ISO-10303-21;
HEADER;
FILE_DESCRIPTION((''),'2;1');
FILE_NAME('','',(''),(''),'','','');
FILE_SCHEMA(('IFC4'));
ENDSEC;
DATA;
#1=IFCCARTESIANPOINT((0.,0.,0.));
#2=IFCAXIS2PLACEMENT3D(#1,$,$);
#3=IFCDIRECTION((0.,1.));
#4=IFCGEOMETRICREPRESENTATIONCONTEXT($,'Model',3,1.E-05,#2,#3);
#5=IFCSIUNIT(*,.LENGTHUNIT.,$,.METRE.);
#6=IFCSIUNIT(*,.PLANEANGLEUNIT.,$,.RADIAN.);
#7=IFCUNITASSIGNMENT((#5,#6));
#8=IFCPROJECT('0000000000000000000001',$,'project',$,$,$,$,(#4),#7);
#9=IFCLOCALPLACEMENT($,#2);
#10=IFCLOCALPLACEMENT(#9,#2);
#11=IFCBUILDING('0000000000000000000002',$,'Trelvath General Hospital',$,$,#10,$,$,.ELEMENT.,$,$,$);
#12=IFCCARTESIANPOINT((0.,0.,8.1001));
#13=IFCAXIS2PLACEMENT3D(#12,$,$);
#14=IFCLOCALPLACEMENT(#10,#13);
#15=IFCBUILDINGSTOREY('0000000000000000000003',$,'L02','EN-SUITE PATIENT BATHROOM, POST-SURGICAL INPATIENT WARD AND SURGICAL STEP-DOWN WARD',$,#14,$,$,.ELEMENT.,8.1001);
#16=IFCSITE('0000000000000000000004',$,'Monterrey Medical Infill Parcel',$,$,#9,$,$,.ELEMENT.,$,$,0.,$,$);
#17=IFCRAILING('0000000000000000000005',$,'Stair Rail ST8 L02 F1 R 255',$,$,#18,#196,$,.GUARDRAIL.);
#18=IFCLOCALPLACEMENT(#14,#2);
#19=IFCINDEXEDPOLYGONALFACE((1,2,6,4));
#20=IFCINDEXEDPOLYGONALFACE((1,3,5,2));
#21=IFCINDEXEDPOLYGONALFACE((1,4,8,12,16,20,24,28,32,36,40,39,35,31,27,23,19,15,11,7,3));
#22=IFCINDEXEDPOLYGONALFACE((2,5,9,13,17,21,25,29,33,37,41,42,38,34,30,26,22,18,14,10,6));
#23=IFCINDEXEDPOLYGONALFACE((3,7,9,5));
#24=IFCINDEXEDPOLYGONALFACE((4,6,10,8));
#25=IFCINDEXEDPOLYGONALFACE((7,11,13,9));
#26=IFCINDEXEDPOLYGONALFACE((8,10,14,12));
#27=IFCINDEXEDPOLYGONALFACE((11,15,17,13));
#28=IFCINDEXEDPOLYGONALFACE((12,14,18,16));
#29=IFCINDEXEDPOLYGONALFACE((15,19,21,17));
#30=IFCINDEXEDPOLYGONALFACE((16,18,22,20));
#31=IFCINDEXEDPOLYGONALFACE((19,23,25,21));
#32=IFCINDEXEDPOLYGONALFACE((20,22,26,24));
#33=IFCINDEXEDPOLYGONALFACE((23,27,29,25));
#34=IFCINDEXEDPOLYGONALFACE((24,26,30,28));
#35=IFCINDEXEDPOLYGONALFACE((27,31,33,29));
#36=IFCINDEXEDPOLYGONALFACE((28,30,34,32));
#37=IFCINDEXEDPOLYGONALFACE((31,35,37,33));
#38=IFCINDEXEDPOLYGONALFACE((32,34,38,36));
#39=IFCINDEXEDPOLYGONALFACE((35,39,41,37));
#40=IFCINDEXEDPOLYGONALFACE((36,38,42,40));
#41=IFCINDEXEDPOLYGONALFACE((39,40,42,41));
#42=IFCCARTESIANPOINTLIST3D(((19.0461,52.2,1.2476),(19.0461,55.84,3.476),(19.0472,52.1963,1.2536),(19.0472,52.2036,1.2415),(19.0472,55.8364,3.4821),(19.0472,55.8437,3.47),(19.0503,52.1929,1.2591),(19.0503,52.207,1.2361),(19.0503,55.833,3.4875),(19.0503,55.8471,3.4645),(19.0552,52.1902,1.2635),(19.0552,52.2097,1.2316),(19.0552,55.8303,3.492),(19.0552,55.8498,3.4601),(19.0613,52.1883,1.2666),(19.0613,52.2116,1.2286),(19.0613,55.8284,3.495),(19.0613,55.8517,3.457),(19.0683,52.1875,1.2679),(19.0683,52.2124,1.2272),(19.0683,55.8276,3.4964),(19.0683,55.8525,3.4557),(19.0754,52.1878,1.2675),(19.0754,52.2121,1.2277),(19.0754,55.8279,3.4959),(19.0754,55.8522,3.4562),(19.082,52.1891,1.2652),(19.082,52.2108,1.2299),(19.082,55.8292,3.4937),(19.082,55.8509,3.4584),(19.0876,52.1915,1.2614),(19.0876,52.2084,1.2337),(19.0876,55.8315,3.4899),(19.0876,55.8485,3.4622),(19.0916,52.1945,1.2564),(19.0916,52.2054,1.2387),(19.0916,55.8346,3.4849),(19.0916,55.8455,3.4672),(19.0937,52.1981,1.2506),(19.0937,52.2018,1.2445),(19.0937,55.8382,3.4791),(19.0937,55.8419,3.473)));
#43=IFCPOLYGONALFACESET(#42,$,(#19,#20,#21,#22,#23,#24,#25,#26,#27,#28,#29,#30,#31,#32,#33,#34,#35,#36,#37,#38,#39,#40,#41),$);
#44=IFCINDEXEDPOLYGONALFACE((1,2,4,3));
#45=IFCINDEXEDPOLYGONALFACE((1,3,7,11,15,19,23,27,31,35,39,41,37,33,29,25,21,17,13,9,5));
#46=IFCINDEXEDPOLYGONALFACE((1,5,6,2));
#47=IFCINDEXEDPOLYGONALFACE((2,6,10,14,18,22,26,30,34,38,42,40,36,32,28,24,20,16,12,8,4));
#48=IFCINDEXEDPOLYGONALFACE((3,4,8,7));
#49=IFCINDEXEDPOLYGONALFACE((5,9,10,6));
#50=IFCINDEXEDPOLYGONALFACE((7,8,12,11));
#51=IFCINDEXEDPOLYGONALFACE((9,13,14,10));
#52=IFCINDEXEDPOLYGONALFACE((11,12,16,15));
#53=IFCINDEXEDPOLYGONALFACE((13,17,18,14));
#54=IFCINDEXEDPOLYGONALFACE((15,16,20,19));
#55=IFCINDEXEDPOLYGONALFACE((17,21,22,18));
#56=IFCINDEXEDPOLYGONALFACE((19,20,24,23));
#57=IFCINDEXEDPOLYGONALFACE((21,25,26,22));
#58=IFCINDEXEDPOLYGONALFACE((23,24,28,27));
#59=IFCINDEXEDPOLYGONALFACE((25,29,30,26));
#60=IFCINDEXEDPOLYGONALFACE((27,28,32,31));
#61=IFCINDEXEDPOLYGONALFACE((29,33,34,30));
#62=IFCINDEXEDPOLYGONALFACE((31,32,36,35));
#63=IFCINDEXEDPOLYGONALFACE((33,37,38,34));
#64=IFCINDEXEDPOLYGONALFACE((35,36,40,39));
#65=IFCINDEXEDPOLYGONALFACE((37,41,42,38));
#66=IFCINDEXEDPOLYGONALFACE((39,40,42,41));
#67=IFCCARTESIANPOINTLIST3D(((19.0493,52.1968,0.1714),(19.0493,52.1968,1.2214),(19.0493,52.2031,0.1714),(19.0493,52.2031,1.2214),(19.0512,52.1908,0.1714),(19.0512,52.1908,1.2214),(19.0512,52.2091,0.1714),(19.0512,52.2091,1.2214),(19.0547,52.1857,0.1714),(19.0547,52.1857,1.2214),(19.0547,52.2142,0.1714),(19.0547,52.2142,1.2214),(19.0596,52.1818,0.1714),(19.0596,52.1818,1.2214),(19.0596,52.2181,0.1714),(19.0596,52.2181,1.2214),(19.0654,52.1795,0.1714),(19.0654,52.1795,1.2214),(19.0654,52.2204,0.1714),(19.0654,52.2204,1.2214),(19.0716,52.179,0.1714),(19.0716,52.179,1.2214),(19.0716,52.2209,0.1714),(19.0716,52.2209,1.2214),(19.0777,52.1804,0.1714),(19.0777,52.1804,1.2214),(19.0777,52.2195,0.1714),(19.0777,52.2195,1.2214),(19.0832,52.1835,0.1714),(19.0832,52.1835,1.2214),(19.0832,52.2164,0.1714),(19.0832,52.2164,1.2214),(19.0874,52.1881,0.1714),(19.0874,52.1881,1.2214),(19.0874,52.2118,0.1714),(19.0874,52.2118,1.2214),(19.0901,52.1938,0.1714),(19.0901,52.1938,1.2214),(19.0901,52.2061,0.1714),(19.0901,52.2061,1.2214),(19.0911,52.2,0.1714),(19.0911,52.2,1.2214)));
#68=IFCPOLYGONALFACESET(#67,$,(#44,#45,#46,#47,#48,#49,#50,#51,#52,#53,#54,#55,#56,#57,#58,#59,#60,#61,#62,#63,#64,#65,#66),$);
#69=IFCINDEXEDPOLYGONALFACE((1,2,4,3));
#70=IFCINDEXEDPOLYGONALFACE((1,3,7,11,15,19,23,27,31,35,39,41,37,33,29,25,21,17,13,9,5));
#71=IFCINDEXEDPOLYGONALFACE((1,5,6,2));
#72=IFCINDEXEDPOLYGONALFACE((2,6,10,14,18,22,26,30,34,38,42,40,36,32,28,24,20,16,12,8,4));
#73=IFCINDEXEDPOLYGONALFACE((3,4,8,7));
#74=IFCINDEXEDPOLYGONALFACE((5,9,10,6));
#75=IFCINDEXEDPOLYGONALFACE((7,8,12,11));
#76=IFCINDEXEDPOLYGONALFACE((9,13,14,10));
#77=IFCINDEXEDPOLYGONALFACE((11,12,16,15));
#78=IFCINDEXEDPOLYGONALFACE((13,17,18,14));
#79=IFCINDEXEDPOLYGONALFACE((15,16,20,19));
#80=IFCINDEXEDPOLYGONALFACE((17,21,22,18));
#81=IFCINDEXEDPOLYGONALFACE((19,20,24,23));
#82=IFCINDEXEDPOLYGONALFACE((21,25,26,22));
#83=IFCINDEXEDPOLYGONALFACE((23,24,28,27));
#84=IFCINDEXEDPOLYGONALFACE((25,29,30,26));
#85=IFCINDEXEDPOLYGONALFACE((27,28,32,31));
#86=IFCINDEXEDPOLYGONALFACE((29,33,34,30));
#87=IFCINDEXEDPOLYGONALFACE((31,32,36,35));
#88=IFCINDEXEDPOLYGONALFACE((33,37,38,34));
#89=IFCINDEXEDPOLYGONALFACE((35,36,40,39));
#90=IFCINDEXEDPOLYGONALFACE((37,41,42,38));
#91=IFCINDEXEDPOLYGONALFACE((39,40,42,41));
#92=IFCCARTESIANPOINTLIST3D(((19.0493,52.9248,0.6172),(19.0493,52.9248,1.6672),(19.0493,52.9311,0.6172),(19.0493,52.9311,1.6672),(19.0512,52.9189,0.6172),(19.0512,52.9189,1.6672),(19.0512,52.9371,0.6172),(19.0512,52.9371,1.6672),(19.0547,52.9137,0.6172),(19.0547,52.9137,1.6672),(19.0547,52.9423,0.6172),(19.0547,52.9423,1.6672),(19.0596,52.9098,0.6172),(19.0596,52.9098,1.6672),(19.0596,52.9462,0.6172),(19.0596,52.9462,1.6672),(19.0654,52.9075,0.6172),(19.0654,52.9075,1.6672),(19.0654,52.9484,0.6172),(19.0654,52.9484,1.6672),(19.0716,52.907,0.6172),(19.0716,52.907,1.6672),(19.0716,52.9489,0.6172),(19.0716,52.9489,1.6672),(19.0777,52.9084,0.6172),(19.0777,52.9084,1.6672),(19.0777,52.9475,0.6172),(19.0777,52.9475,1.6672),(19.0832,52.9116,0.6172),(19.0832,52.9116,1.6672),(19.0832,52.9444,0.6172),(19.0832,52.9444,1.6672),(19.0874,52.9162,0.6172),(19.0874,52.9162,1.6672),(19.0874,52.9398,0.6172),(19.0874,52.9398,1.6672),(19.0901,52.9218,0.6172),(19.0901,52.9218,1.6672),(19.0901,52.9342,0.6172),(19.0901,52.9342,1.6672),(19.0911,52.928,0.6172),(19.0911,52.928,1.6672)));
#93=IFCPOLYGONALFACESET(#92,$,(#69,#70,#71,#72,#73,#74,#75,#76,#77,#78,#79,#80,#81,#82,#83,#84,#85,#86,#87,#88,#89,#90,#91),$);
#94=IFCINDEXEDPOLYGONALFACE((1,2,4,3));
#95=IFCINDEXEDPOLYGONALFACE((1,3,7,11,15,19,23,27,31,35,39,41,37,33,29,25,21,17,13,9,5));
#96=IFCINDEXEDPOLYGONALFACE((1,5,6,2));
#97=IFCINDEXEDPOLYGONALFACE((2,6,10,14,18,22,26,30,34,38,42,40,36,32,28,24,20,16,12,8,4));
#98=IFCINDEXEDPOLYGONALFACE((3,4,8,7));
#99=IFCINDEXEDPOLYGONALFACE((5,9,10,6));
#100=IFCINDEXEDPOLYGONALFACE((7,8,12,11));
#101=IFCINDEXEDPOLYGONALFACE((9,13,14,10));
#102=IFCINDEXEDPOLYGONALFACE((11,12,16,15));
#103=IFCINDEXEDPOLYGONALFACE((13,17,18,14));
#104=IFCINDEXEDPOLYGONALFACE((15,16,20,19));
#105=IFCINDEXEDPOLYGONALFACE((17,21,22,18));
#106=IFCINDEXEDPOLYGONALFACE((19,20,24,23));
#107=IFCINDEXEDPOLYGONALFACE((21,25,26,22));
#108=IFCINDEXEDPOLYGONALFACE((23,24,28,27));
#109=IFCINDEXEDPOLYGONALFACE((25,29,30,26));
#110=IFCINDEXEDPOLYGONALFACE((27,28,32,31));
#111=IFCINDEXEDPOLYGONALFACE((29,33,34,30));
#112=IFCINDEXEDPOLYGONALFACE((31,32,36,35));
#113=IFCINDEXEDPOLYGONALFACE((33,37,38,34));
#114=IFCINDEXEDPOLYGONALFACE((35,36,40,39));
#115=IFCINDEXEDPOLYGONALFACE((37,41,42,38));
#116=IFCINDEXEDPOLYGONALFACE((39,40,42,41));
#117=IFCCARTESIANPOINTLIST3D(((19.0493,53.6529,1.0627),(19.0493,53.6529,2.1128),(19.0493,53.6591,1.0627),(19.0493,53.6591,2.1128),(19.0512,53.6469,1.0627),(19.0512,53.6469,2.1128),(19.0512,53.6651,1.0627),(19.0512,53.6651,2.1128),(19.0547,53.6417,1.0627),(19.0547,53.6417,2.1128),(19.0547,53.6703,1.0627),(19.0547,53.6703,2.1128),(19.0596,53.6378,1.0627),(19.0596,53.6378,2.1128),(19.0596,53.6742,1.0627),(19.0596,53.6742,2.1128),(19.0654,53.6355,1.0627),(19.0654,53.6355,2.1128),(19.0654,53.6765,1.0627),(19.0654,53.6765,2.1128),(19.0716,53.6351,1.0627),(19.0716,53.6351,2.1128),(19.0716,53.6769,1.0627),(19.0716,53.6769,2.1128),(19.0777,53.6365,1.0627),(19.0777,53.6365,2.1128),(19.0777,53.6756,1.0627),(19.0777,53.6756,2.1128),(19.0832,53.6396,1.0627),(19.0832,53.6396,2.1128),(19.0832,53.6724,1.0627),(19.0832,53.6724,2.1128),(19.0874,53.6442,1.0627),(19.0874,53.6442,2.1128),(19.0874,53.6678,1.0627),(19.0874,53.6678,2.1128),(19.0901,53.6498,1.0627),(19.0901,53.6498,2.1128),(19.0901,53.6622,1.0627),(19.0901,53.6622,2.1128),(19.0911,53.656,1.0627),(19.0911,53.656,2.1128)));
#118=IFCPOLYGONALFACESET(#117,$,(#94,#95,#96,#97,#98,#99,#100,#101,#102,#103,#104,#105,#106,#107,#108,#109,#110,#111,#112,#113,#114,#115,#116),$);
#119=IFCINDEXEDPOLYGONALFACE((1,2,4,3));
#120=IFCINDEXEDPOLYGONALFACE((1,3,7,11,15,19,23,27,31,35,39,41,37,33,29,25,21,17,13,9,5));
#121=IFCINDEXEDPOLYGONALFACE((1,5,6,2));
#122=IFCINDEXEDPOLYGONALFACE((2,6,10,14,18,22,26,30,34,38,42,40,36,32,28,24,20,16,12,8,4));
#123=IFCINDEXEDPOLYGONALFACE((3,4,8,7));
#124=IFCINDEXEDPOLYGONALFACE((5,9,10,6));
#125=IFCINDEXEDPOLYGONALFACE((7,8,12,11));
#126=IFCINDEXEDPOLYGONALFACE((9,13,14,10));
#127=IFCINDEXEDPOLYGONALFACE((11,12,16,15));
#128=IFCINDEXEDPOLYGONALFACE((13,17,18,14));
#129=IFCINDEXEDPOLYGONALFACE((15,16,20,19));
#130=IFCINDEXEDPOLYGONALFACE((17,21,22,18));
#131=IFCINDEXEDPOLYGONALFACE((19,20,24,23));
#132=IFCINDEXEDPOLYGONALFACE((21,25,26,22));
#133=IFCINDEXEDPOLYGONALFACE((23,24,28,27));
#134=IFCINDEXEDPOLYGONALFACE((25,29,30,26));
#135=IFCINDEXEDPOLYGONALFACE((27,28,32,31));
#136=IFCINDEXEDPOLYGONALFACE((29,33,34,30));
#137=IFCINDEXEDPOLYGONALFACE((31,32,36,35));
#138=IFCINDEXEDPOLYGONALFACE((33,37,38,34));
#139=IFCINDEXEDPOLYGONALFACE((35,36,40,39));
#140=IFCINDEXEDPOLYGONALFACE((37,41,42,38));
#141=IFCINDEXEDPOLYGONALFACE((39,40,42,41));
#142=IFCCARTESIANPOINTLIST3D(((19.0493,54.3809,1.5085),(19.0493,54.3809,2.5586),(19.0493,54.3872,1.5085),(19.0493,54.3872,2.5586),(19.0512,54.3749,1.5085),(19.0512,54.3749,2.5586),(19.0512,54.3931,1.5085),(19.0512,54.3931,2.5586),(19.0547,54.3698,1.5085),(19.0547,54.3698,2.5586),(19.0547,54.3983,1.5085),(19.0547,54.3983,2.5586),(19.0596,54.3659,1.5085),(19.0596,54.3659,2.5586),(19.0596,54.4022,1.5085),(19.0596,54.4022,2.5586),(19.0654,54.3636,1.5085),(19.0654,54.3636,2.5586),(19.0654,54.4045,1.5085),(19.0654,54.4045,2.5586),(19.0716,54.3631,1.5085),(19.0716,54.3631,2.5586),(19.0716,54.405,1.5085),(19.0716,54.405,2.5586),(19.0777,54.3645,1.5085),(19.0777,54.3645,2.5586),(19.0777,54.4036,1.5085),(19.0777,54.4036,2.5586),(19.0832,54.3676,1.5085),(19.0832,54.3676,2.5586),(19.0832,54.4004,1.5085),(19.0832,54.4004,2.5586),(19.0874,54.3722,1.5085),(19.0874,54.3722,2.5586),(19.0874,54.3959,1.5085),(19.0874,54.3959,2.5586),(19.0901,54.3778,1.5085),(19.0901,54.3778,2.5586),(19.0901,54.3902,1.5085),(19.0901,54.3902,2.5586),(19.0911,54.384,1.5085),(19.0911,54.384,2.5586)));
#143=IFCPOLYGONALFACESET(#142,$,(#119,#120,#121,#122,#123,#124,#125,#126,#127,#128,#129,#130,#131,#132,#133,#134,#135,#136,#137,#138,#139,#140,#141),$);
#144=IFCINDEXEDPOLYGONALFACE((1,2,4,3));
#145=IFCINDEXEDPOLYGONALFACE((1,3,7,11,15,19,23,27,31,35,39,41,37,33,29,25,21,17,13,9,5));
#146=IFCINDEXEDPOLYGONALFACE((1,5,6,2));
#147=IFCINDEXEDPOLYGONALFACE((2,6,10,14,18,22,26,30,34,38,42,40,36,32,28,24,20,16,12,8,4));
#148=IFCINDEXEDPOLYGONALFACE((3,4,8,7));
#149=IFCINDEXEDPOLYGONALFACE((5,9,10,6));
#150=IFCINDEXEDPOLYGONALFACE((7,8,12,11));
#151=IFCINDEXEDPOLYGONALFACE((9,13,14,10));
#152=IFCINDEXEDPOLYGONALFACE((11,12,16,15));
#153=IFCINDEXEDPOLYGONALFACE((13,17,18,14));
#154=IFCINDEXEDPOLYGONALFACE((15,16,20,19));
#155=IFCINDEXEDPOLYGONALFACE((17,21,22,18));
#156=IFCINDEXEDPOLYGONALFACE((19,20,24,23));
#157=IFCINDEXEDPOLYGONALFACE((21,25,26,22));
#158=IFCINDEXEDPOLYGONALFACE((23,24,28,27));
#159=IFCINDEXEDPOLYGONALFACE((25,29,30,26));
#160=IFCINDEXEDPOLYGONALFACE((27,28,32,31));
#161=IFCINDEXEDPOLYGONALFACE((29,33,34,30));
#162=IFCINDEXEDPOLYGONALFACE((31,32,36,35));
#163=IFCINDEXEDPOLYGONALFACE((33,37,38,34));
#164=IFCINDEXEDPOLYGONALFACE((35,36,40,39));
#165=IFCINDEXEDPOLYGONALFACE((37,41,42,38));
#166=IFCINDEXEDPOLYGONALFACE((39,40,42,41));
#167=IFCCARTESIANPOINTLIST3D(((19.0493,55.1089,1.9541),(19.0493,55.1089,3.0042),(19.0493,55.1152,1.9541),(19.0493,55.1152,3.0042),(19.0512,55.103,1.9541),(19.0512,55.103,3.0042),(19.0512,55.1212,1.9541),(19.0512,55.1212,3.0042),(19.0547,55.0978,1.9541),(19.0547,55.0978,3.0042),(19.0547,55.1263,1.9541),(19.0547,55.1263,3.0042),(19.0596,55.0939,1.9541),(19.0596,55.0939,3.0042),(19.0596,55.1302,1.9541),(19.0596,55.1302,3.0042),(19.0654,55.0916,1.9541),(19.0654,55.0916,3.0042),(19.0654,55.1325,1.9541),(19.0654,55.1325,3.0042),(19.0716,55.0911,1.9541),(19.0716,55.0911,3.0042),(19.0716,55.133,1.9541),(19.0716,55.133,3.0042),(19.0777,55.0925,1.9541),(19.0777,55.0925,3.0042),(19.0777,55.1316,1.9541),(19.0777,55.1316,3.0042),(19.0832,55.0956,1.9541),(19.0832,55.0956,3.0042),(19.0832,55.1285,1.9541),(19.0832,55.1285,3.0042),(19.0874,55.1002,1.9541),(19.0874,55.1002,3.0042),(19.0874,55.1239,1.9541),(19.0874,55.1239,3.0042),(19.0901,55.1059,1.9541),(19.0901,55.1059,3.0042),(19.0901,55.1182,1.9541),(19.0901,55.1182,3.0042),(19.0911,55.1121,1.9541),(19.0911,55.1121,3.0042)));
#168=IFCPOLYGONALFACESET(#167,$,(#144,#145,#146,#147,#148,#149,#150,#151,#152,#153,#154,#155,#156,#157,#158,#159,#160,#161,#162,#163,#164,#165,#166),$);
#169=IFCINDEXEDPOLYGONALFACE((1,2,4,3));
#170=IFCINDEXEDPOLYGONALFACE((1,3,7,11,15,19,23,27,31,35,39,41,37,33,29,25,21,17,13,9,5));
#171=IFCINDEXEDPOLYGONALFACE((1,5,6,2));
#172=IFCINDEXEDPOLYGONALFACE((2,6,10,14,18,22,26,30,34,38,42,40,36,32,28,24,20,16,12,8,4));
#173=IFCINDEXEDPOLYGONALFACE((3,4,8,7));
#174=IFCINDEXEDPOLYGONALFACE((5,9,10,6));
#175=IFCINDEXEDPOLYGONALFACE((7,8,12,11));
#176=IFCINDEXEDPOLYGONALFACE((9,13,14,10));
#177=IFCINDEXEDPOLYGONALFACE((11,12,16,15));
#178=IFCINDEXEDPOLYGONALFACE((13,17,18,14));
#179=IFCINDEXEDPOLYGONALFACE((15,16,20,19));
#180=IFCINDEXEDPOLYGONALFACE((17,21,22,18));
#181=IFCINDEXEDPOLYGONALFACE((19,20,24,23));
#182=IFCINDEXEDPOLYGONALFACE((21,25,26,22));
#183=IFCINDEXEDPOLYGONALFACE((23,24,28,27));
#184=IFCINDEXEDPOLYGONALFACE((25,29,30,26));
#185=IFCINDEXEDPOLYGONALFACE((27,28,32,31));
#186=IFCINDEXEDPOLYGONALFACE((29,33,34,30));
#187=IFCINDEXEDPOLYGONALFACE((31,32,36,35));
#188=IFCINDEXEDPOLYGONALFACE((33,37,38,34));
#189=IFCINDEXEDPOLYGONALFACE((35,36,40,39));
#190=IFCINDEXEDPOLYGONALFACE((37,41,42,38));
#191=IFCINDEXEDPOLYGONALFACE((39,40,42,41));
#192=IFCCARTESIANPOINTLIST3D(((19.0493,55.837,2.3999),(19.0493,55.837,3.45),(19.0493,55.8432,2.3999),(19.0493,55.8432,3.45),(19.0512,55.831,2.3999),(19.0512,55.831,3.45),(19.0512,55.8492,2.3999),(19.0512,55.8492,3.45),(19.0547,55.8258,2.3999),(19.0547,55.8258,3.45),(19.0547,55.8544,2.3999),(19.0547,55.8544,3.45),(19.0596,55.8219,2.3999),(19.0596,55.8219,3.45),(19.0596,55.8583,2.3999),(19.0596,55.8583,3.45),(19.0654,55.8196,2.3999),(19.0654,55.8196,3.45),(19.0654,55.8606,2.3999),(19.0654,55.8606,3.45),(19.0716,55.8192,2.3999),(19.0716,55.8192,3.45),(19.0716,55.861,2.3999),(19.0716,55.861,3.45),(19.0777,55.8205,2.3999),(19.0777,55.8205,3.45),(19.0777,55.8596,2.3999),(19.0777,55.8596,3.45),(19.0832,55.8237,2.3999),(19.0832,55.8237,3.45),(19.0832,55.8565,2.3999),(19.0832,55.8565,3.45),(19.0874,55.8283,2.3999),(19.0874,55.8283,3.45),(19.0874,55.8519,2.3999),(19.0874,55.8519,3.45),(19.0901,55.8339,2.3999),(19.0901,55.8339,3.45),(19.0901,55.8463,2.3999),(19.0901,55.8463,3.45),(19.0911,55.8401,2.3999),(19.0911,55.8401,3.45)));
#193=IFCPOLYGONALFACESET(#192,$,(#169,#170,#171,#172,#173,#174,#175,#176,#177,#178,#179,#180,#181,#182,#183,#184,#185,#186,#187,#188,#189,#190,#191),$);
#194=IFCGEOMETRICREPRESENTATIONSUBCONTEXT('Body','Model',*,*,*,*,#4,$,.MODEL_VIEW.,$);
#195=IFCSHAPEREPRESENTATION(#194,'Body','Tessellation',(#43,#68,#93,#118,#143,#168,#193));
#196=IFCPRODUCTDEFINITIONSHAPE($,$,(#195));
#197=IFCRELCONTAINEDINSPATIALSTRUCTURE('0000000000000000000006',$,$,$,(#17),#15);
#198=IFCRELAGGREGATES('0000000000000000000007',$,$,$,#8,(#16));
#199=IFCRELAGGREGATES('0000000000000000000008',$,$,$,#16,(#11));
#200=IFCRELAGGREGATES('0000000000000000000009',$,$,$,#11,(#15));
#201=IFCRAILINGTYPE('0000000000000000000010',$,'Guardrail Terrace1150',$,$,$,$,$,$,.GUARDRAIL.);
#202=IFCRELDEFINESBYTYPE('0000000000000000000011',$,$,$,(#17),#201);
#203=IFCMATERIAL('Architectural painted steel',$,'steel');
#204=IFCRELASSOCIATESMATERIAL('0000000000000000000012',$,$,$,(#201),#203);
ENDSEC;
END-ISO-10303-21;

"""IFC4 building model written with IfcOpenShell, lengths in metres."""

from ifc_helpers import new_model, si_unit, direction, frame, origin, origin_2d, place, context, subcontext, project, spatial, circle, extrude, material, type_object, element, save


model = new_model("IFC4")

# Units and contexts
model_context = context("Model", 3, precision=1e-05, world=origin(), true_north=direction((0.0, 1.0)))
body_context = subcontext(model_context, "Body", "Model", "MODEL_VIEW")
ifc_project = project(units=[si_unit("LENGTHUNIT", "METRE"), si_unit("PLANEANGLEUNIT", "RADIAN")], contexts=[model_context])

# Site, building, storey
site_placement = place(None, origin())
site = spatial("IfcSite", under=ifc_project, at=site_placement, Name="Monterrey Medical Infill Parcel", CompositionType="ELEMENT", RefElevation=0.0)
building_placement = place(site_placement, origin())
building = spatial("IfcBuilding", under=site, at=building_placement, Name="Trelvath General Hospital", CompositionType="ELEMENT")
storey_placement = place(building_placement, frame((0.0, 0.0, 8.1001)))
storey = spatial("IfcBuildingStorey", under=building, at=storey_placement, Name="L02", Description="EN-SUITE PATIENT BATHROOM, POST-SURGICAL INPATIENT WARD AND SURGICAL STEP-DOWN WARD", CompositionType="ELEMENT", Elevation=8.1001)

# Railing
ifc_material_1 = material(Name="Architectural painted steel", Category="steel")
railing_type_1 = type_object("IfcRailingType", Name="Guardrail Terrace1150", PredefinedType="GUARDRAIL", material=ifc_material_1)
railing_1_placement = place(storey_placement, frame((19.0701, 52.2, 0.1714)))
element("IfcRailing", 1, at=railing_1_placement, inside=storey, type_object=railing_type_1, Name="Stair Rail ST8 L02 F1 R 255", PredefinedType="GUARDRAIL", context=body_context, shape_type="SweptSolid", body=[
    extrude(circle(Radius=0.0239, at=origin_2d()), frame((0.0, 0.0, 1.0762), z_axis=(0.0, 0.852866, 0.52213), x_axis=(-1.0, 0.0, 0.0)), (0.0, 0.0, 1.0), 4.2681),
    extrude(circle(Radius=0.021, at=origin_2d()), origin(), (0.0, 0.0, 1.0), 1.05),
    extrude(circle(Radius=0.021, at=origin_2d()), frame((0.0, 0.728, 0.4458)), (0.0, 0.0, 1.0), 1.05),
    extrude(circle(Radius=0.021, at=origin_2d()), frame((0.0, 1.4561, 0.8914)), (0.0, 0.0, 1.0), 1.05),
    extrude(circle(Radius=0.021, at=origin_2d()), frame((0.0, 2.1841, 1.3372)), (0.0, 0.0, 1.0), 1.05),
    extrude(circle(Radius=0.021, at=origin_2d()), frame((0.0, 2.9121, 1.7827)), (0.0, 0.0, 1.0), 1.05),
    extrude(circle(Radius=0.021, at=origin_2d()), frame((0.0, 3.6401, 2.2285)), (0.0, 0.0, 1.0), 1.05),
])

save(model, "model.ifc")
